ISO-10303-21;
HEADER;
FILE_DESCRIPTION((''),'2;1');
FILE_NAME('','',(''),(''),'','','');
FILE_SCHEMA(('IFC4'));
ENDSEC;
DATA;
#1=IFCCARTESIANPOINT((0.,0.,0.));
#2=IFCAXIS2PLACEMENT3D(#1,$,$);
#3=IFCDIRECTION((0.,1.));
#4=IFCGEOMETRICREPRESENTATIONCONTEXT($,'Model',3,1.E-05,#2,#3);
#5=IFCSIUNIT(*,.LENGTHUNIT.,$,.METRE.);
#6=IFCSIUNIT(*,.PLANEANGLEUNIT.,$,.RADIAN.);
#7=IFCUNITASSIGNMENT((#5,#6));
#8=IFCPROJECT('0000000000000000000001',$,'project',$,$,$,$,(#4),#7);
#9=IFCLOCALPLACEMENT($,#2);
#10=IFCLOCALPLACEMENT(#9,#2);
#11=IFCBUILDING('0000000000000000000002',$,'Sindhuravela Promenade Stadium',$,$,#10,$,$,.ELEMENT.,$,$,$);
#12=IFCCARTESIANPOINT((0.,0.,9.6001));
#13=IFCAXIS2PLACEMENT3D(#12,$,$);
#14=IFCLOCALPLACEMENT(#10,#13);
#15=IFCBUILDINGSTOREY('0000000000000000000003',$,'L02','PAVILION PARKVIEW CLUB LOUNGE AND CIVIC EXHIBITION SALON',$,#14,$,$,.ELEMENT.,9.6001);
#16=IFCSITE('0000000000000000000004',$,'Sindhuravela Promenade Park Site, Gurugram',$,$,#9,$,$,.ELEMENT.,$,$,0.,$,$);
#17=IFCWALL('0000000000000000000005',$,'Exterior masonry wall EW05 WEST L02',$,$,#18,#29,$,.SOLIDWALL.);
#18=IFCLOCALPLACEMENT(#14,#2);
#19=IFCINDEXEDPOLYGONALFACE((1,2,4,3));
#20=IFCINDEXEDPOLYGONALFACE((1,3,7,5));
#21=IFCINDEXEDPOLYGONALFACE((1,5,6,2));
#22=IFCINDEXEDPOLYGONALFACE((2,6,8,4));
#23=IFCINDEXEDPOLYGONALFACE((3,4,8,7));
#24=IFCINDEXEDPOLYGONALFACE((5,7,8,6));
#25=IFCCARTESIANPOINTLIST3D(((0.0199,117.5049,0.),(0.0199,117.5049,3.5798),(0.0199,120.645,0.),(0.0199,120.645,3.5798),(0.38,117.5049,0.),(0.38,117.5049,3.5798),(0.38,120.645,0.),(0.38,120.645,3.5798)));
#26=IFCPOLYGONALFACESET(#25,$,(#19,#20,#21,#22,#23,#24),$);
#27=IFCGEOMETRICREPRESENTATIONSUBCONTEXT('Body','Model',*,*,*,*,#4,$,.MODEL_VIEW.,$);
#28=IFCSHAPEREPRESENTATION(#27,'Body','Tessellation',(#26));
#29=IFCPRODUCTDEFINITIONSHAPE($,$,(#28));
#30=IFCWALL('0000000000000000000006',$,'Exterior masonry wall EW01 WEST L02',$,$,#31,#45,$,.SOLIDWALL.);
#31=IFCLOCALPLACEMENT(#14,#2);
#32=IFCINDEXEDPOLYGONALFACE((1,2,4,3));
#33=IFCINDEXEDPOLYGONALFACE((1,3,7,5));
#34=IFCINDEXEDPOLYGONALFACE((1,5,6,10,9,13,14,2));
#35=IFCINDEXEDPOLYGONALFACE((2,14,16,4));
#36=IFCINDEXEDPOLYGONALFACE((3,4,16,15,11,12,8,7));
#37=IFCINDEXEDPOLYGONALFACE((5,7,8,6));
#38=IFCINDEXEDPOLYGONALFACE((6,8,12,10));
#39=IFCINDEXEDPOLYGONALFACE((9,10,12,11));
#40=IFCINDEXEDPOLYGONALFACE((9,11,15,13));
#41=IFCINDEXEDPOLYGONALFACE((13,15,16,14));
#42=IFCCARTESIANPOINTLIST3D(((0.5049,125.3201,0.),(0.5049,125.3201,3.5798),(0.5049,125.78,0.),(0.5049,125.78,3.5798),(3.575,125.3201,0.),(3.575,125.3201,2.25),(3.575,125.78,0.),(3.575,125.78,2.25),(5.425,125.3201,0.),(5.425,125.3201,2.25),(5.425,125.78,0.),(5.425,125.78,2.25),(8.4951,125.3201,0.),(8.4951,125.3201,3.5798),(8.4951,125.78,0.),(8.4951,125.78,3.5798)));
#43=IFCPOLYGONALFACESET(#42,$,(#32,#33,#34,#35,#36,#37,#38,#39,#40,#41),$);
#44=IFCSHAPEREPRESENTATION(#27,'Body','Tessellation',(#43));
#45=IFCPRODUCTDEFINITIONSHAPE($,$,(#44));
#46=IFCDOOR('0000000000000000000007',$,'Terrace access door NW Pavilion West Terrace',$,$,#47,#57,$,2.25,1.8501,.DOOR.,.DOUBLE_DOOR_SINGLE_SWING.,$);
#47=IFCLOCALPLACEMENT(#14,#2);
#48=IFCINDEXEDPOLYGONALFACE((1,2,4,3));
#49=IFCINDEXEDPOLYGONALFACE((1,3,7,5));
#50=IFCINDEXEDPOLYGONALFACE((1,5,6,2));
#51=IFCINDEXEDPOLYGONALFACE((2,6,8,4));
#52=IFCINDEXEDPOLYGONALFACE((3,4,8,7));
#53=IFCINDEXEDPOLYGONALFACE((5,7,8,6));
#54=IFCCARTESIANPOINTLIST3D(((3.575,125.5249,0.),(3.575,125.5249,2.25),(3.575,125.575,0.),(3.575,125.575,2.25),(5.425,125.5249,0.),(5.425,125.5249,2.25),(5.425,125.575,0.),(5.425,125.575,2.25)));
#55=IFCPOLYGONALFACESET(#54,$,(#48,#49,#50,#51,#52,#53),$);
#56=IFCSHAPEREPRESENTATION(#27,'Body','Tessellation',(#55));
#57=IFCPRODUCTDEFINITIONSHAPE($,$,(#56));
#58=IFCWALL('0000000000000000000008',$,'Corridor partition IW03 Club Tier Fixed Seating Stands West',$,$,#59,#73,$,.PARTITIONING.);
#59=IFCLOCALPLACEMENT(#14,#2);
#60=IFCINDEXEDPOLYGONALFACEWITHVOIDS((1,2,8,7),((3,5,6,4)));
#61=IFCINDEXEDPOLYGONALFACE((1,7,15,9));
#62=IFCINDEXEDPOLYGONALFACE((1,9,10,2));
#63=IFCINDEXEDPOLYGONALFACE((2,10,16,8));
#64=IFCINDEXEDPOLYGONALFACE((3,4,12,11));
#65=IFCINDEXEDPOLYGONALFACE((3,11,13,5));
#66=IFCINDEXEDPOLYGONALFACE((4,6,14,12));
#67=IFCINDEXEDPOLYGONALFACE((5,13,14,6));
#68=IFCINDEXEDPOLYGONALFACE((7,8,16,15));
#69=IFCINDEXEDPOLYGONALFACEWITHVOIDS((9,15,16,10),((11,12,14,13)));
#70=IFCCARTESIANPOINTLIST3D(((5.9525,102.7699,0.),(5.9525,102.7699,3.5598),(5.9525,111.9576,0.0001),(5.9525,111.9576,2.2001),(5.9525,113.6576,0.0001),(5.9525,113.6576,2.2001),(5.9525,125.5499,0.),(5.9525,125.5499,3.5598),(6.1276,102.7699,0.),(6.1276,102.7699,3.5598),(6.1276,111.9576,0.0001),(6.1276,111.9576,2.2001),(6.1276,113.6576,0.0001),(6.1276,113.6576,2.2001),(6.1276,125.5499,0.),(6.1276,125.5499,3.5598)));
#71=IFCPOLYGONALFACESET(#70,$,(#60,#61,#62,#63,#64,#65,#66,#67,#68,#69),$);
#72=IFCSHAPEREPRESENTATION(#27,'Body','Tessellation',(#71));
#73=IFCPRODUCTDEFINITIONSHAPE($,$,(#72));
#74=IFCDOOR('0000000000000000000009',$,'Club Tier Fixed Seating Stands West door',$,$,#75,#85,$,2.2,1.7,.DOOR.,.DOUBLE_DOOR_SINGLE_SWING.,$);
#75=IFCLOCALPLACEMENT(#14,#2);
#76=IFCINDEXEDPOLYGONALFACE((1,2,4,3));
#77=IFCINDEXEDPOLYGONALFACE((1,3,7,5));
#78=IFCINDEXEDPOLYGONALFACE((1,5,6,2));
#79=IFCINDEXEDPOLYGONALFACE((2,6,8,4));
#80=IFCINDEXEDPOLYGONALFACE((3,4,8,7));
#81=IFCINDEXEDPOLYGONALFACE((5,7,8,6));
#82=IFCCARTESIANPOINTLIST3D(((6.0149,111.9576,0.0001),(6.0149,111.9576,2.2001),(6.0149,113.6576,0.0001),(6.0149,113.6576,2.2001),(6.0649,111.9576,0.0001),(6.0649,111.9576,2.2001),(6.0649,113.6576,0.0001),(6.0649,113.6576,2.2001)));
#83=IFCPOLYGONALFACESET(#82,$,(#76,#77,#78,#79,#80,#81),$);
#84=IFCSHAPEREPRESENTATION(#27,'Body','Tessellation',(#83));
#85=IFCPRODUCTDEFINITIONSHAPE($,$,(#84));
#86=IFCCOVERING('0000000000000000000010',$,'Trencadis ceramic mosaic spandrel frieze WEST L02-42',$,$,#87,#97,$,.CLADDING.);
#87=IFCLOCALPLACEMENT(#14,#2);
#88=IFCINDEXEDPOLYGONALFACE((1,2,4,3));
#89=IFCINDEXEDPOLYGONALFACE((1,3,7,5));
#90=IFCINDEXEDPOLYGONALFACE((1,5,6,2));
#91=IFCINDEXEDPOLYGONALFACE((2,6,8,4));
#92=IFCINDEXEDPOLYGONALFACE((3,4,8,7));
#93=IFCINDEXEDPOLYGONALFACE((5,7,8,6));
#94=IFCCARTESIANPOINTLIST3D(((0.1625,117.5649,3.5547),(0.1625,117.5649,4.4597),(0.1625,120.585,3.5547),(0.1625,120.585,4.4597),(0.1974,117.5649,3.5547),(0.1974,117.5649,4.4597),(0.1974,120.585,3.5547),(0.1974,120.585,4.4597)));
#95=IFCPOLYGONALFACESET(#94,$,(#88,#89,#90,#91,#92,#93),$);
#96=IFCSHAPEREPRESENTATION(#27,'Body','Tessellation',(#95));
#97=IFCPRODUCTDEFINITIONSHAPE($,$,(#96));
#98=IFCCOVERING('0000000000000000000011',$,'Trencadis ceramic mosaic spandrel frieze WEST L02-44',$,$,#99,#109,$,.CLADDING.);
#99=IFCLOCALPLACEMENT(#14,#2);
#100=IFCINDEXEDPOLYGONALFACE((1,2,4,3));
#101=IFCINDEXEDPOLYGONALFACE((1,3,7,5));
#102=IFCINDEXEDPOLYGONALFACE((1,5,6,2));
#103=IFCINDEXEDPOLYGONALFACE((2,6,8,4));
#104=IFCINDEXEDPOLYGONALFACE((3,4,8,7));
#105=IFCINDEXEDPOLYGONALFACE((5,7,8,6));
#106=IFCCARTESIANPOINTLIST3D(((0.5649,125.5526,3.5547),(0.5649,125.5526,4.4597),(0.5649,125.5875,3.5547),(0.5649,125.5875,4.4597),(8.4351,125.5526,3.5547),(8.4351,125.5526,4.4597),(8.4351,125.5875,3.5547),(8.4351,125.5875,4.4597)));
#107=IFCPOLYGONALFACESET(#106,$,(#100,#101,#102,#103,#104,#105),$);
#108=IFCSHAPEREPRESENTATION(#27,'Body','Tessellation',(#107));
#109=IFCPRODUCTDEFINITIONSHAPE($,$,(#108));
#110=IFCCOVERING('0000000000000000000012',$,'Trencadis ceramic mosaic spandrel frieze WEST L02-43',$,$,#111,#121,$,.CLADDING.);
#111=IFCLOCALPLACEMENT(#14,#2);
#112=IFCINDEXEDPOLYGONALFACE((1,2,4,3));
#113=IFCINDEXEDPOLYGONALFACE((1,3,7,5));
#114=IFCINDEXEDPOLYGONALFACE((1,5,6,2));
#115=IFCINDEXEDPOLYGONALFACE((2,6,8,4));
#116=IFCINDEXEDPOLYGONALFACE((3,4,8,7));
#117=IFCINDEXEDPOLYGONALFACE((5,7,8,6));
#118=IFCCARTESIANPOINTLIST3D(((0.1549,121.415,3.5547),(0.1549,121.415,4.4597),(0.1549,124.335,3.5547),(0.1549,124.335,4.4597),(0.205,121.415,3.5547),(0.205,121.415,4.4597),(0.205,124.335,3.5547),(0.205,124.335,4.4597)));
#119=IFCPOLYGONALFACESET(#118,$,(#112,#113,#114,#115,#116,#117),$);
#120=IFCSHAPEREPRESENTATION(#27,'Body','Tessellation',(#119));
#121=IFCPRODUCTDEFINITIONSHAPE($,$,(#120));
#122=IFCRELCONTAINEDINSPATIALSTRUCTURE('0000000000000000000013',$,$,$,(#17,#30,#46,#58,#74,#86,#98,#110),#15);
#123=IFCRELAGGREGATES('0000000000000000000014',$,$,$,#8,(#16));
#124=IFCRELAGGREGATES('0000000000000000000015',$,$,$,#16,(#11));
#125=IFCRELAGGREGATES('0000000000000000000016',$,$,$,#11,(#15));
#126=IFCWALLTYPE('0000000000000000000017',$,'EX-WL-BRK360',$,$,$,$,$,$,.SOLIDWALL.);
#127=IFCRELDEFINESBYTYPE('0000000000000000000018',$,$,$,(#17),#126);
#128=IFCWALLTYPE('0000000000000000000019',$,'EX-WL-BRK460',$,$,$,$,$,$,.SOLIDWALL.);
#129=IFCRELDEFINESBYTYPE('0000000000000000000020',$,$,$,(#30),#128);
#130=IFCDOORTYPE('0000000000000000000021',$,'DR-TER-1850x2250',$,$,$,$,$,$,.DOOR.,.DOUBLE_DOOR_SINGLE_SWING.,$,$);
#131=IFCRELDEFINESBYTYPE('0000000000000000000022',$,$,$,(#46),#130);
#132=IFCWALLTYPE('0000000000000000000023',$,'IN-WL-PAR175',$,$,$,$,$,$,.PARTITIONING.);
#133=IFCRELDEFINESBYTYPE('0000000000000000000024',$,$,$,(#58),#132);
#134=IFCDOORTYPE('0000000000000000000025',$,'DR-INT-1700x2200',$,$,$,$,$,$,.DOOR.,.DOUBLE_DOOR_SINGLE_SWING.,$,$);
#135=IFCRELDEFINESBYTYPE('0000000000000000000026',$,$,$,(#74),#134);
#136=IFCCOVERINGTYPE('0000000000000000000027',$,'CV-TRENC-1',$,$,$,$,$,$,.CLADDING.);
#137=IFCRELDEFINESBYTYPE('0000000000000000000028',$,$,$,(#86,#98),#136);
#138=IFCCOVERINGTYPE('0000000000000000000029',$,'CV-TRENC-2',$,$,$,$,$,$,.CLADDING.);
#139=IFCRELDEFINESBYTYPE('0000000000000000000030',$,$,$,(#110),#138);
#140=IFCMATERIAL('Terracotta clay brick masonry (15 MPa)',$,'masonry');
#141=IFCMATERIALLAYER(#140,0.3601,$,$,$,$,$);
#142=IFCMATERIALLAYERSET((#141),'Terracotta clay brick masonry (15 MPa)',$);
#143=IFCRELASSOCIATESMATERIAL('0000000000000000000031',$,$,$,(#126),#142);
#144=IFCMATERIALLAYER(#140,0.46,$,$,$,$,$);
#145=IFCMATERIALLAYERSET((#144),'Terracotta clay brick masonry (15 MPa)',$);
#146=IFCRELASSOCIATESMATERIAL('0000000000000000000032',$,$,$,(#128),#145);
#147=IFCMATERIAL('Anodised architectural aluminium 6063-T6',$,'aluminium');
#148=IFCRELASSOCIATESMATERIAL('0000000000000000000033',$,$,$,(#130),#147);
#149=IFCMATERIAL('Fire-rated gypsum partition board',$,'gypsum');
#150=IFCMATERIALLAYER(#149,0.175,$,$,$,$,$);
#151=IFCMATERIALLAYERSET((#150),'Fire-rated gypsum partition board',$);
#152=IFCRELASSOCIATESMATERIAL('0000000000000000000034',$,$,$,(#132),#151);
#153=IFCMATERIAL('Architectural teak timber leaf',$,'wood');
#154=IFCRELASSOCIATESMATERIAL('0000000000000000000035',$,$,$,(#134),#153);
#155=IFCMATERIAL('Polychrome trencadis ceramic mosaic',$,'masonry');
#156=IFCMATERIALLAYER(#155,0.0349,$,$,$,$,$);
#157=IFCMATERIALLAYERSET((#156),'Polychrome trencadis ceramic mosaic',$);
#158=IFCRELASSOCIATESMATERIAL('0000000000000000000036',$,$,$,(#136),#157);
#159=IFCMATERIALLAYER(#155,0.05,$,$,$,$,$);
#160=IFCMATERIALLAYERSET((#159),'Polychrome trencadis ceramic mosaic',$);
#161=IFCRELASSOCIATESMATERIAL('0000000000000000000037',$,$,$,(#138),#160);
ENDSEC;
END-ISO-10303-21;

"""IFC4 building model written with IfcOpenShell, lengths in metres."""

from ifc_helpers import new_model, si_unit, direction, frame, frame_2d, origin, origin_2d, place, context, subcontext, project, spatial, rectangle, extrude, material, layer, layer_set, type_object, element, fill, save


model = new_model("IFC4")

# Units and contexts
model_context = context("Model", 3, precision=1e-05, world=origin(), true_north=direction((0.0, 1.0)))
body_context = subcontext(model_context, "Body", "Model", "MODEL_VIEW")
ifc_project = project(units=[si_unit("LENGTHUNIT", "METRE"), si_unit("PLANEANGLEUNIT", "RADIAN")], contexts=[model_context])

# Site, building, storey
site_placement = place(None, origin())
site = spatial("IfcSite", under=ifc_project, at=site_placement, Name="Sindhuravela Promenade Park Site, Gurugram", CompositionType="ELEMENT", RefElevation=0.0)
building_placement = place(site_placement, origin())
building = spatial("IfcBuilding", under=site, at=building_placement, Name="Sindhuravela Promenade Stadium", CompositionType="ELEMENT")
storey_placement = place(building_placement, frame((0.0, 0.0, 9.6001)))
storey = spatial("IfcBuildingStorey", under=building, at=storey_placement, Name="L02", Description="PAVILION PARKVIEW CLUB LOUNGE AND CIVIC EXHIBITION SALON", CompositionType="ELEMENT", Elevation=9.6001)

# Wall
ifc_material_1 = material(Name="Terracotta clay brick masonry (15 MPa)", Category="masonry")
ifc_layer_1 = layer(ifc_material_1, 0.3601)
ifc_layer_set_1 = layer_set([ifc_layer_1], Name="Terracotta clay brick masonry (15 MPa)")
wall_type_1 = type_object("IfcWallType", Name="EX-WL-BRK360", PredefinedType="SOLIDWALL", material=ifc_layer_set_1)
wall_1_placement = place(storey_placement, frame((0.2, 117.5049, 0.0), z_axis=(0.0, 0.0, 1.0), x_axis=(0.0, 1.0, 0.0)))
element("IfcWall", 1, at=wall_1_placement, inside=storey, type_object=wall_type_1, Name="Exterior masonry wall EW05 WEST L02", PredefinedType="SOLIDWALL", context=body_context, shape_type="SweptSolid", body=[
    extrude(rectangle(XDim=3.1401, YDim=0.3601, at=frame_2d((1.5701, 0.0))), origin(), (0.0, 0.0, 1.0), 3.5798),
])

# Walls, openings, doors
ifc_layer_2 = layer(ifc_material_1, 0.46)
ifc_layer_set_2 = layer_set([ifc_layer_2], Name="Terracotta clay brick masonry (15 MPa)")
wall_type_2 = type_object("IfcWallType", Name="EX-WL-BRK460", PredefinedType="SOLIDWALL", material=ifc_layer_set_2)
wall_2_placement = place(storey_placement, frame((0.5049, 125.55, 0.0), z_axis=(0.0, 0.0, 1.0), x_axis=(1.0, 0.0, 0.0)))
wall_2 = element("IfcWall", 2, at=wall_2_placement, inside=storey, type_object=wall_type_2, Name="Exterior masonry wall EW01 WEST L02", PredefinedType="SOLIDWALL", context=body_context, shape_type="SweptSolid", body=[
    extrude(rectangle(XDim=7.9902, YDim=0.46, at=frame_2d((3.9951, 0.0))), origin(), (0.0, 0.0, 1.0), 3.5798),
])
opening_1_placement = place(wall_2_placement, frame((3.0701, 0.0, 0.0)))
opening_1 = element("IfcOpeningElement", 3, at=opening_1_placement, cuts=wall_2, PredefinedType="OPENING", context=body_context, shape_type="SweptSolid", body=[
    extrude(rectangle(XDim=1.8501, YDim=2.25, at=frame_2d((0.925, 1.125))), frame((0.0, 0.24, 0.0), z_axis=(0.0, -1.0, 0.0), x_axis=(1.0, 0.0, 0.0)), (0.0, 0.0, 1.0), 0.48),
])
ifc_material_2 = material(Name="Anodised architectural aluminium 6063-T6", Category="aluminium")
door_type_1 = type_object("IfcDoorType", Name="DR-TER-1850x2250", OperationType="DOUBLE_DOOR_SINGLE_SWING", PredefinedType="DOOR", material=ifc_material_2)
door_1_placement = place(opening_1_placement, origin())
door_1 = element("IfcDoor", 4, at=door_1_placement, inside=storey, type_object=door_type_1, Name="Terrace access door NW Pavilion West Terrace", OperationType="DOUBLE_DOOR_SINGLE_SWING", OverallHeight=2.25, OverallWidth=1.8501, PredefinedType="DOOR", context=body_context, shape_type="SweptSolid", body=[
    extrude(rectangle(XDim=1.8501, YDim=2.25, at=frame_2d((0.925, 1.125))), frame((0.0, 0.0249, 0.0), z_axis=(0.0, -1.0, 0.0), x_axis=(1.0, 0.0, 0.0)), (0.0, 0.0, 1.0), 0.05),
])
fill(opening_1, door_1)
ifc_material_3 = material(Name="Fire-rated gypsum partition board", Category="gypsum")
ifc_layer_3 = layer(ifc_material_3, 0.175)
ifc_layer_set_3 = layer_set([ifc_layer_3], Name="Fire-rated gypsum partition board")
wall_type_3 = type_object("IfcWallType", Name="IN-WL-PAR175", PredefinedType="PARTITIONING", material=ifc_layer_set_3)
wall_3_placement = place(storey_placement, frame((6.04, 125.55, 0.0), z_axis=(0.0, 0.0, 1.0), x_axis=(0.0, -1.0, 0.0)))
wall_3 = element("IfcWall", 5, at=wall_3_placement, inside=storey, type_object=wall_type_3, Name="Corridor partition IW03 Club Tier Fixed Seating Stands West", PredefinedType="PARTITIONING", context=body_context, shape_type="SweptSolid", body=[
    extrude(rectangle(XDim=22.78, YDim=0.175, at=frame_2d((11.3901, 0.0))), origin(), (0.0, 0.0, 1.0), 3.5598),
])
opening_2_placement = place(wall_3_placement, frame((11.8923, 0.0, 0.0)))
opening_2 = element("IfcOpeningElement", 6, at=opening_2_placement, cuts=wall_3, PredefinedType="OPENING", context=body_context, shape_type="SweptSolid", body=[
    extrude(rectangle(XDim=1.7, YDim=2.2, at=frame_2d((0.8501, 1.1001))), frame((0.0, 0.0974, 0.0), z_axis=(0.0, -1.0, 0.0), x_axis=(1.0, 0.0, 0.0)), (0.0, 0.0, 1.0), 0.1951),
])
ifc_material_4 = material(Name="Architectural teak timber leaf", Category="wood")
door_type_2 = type_object("IfcDoorType", Name="DR-INT-1700x2200", OperationType="DOUBLE_DOOR_SINGLE_SWING", PredefinedType="DOOR", material=ifc_material_4)
door_2_placement = place(opening_2_placement, origin())
door_2 = element("IfcDoor", 7, at=door_2_placement, inside=storey, type_object=door_type_2, Name="Club Tier Fixed Seating Stands West door", OperationType="DOUBLE_DOOR_SINGLE_SWING", OverallHeight=2.2, OverallWidth=1.7, PredefinedType="DOOR", context=body_context, shape_type="SweptSolid", body=[
    extrude(rectangle(XDim=1.7, YDim=2.2, at=frame_2d((0.8501, 1.1001))), frame((0.0, 0.0249, 0.0), z_axis=(0.0, -1.0, 0.0), x_axis=(1.0, 0.0, 0.0)), (0.0, 0.0, 1.0), 0.05),
])
fill(opening_2, door_2)

# Coverings
ifc_material_5 = material(Name="Polychrome trencadis ceramic mosaic", Category="masonry")
ifc_layer_4 = layer(ifc_material_5, 0.0349)
ifc_layer_set_4 = layer_set([ifc_layer_4], Name="Polychrome trencadis ceramic mosaic")
covering_type_1 = type_object("IfcCoveringType", Name="CV-TRENC-1", PredefinedType="CLADDING", material=ifc_layer_set_4)
covering_1_placement = place(storey_placement, frame((0.1799, 119.075, 3.5547), z_axis=(0.0, 0.0, 1.0), x_axis=(0.0, 1.0, 0.0)))
element("IfcCovering", 8, at=covering_1_placement, inside=storey, type_object=covering_type_1, Name="Trencadis ceramic mosaic spandrel frieze WEST L02-42", PredefinedType="CLADDING", context=body_context, shape_type="SweptSolid", body=[
    extrude(rectangle(XDim=3.02, YDim=0.0349, at=origin_2d()), origin(), (0.0, 0.0, 1.0), 0.905),
])
covering_2_placement = place(storey_placement, frame((4.5, 125.5701, 3.5547), z_axis=(0.0, 0.0, 1.0), x_axis=(1.0, 0.0, 0.0)))
element("IfcCovering", 9, at=covering_2_placement, inside=storey, type_object=covering_type_1, Name="Trencadis ceramic mosaic spandrel frieze WEST L02-44", PredefinedType="CLADDING", context=body_context, shape_type="SweptSolid", body=[
    extrude(rectangle(XDim=7.8701, YDim=0.0349, at=origin_2d()), origin(), (0.0, 0.0, 1.0), 0.905),
])
ifc_layer_5 = layer(ifc_material_5, 0.05)
ifc_layer_set_5 = layer_set([ifc_layer_5], Name="Polychrome trencadis ceramic mosaic")
covering_type_2 = type_object("IfcCoveringType", Name="CV-TRENC-2", PredefinedType="CLADDING", material=ifc_layer_set_5)
covering_3_placement = place(storey_placement, frame((0.1799, 122.875, 3.5547), z_axis=(0.0, 0.0, 1.0), x_axis=(0.0, 1.0, 0.0)))
element("IfcCovering", 10, at=covering_3_placement, inside=storey, type_object=covering_type_2, Name="Trencadis ceramic mosaic spandrel frieze WEST L02-43", PredefinedType="CLADDING", context=body_context, shape_type="SweptSolid", body=[
    extrude(rectangle(XDim=2.9199, YDim=0.05, at=origin_2d()), origin(), (0.0, 0.0, 1.0), 0.905),
])

save(model, "model.ifc")
